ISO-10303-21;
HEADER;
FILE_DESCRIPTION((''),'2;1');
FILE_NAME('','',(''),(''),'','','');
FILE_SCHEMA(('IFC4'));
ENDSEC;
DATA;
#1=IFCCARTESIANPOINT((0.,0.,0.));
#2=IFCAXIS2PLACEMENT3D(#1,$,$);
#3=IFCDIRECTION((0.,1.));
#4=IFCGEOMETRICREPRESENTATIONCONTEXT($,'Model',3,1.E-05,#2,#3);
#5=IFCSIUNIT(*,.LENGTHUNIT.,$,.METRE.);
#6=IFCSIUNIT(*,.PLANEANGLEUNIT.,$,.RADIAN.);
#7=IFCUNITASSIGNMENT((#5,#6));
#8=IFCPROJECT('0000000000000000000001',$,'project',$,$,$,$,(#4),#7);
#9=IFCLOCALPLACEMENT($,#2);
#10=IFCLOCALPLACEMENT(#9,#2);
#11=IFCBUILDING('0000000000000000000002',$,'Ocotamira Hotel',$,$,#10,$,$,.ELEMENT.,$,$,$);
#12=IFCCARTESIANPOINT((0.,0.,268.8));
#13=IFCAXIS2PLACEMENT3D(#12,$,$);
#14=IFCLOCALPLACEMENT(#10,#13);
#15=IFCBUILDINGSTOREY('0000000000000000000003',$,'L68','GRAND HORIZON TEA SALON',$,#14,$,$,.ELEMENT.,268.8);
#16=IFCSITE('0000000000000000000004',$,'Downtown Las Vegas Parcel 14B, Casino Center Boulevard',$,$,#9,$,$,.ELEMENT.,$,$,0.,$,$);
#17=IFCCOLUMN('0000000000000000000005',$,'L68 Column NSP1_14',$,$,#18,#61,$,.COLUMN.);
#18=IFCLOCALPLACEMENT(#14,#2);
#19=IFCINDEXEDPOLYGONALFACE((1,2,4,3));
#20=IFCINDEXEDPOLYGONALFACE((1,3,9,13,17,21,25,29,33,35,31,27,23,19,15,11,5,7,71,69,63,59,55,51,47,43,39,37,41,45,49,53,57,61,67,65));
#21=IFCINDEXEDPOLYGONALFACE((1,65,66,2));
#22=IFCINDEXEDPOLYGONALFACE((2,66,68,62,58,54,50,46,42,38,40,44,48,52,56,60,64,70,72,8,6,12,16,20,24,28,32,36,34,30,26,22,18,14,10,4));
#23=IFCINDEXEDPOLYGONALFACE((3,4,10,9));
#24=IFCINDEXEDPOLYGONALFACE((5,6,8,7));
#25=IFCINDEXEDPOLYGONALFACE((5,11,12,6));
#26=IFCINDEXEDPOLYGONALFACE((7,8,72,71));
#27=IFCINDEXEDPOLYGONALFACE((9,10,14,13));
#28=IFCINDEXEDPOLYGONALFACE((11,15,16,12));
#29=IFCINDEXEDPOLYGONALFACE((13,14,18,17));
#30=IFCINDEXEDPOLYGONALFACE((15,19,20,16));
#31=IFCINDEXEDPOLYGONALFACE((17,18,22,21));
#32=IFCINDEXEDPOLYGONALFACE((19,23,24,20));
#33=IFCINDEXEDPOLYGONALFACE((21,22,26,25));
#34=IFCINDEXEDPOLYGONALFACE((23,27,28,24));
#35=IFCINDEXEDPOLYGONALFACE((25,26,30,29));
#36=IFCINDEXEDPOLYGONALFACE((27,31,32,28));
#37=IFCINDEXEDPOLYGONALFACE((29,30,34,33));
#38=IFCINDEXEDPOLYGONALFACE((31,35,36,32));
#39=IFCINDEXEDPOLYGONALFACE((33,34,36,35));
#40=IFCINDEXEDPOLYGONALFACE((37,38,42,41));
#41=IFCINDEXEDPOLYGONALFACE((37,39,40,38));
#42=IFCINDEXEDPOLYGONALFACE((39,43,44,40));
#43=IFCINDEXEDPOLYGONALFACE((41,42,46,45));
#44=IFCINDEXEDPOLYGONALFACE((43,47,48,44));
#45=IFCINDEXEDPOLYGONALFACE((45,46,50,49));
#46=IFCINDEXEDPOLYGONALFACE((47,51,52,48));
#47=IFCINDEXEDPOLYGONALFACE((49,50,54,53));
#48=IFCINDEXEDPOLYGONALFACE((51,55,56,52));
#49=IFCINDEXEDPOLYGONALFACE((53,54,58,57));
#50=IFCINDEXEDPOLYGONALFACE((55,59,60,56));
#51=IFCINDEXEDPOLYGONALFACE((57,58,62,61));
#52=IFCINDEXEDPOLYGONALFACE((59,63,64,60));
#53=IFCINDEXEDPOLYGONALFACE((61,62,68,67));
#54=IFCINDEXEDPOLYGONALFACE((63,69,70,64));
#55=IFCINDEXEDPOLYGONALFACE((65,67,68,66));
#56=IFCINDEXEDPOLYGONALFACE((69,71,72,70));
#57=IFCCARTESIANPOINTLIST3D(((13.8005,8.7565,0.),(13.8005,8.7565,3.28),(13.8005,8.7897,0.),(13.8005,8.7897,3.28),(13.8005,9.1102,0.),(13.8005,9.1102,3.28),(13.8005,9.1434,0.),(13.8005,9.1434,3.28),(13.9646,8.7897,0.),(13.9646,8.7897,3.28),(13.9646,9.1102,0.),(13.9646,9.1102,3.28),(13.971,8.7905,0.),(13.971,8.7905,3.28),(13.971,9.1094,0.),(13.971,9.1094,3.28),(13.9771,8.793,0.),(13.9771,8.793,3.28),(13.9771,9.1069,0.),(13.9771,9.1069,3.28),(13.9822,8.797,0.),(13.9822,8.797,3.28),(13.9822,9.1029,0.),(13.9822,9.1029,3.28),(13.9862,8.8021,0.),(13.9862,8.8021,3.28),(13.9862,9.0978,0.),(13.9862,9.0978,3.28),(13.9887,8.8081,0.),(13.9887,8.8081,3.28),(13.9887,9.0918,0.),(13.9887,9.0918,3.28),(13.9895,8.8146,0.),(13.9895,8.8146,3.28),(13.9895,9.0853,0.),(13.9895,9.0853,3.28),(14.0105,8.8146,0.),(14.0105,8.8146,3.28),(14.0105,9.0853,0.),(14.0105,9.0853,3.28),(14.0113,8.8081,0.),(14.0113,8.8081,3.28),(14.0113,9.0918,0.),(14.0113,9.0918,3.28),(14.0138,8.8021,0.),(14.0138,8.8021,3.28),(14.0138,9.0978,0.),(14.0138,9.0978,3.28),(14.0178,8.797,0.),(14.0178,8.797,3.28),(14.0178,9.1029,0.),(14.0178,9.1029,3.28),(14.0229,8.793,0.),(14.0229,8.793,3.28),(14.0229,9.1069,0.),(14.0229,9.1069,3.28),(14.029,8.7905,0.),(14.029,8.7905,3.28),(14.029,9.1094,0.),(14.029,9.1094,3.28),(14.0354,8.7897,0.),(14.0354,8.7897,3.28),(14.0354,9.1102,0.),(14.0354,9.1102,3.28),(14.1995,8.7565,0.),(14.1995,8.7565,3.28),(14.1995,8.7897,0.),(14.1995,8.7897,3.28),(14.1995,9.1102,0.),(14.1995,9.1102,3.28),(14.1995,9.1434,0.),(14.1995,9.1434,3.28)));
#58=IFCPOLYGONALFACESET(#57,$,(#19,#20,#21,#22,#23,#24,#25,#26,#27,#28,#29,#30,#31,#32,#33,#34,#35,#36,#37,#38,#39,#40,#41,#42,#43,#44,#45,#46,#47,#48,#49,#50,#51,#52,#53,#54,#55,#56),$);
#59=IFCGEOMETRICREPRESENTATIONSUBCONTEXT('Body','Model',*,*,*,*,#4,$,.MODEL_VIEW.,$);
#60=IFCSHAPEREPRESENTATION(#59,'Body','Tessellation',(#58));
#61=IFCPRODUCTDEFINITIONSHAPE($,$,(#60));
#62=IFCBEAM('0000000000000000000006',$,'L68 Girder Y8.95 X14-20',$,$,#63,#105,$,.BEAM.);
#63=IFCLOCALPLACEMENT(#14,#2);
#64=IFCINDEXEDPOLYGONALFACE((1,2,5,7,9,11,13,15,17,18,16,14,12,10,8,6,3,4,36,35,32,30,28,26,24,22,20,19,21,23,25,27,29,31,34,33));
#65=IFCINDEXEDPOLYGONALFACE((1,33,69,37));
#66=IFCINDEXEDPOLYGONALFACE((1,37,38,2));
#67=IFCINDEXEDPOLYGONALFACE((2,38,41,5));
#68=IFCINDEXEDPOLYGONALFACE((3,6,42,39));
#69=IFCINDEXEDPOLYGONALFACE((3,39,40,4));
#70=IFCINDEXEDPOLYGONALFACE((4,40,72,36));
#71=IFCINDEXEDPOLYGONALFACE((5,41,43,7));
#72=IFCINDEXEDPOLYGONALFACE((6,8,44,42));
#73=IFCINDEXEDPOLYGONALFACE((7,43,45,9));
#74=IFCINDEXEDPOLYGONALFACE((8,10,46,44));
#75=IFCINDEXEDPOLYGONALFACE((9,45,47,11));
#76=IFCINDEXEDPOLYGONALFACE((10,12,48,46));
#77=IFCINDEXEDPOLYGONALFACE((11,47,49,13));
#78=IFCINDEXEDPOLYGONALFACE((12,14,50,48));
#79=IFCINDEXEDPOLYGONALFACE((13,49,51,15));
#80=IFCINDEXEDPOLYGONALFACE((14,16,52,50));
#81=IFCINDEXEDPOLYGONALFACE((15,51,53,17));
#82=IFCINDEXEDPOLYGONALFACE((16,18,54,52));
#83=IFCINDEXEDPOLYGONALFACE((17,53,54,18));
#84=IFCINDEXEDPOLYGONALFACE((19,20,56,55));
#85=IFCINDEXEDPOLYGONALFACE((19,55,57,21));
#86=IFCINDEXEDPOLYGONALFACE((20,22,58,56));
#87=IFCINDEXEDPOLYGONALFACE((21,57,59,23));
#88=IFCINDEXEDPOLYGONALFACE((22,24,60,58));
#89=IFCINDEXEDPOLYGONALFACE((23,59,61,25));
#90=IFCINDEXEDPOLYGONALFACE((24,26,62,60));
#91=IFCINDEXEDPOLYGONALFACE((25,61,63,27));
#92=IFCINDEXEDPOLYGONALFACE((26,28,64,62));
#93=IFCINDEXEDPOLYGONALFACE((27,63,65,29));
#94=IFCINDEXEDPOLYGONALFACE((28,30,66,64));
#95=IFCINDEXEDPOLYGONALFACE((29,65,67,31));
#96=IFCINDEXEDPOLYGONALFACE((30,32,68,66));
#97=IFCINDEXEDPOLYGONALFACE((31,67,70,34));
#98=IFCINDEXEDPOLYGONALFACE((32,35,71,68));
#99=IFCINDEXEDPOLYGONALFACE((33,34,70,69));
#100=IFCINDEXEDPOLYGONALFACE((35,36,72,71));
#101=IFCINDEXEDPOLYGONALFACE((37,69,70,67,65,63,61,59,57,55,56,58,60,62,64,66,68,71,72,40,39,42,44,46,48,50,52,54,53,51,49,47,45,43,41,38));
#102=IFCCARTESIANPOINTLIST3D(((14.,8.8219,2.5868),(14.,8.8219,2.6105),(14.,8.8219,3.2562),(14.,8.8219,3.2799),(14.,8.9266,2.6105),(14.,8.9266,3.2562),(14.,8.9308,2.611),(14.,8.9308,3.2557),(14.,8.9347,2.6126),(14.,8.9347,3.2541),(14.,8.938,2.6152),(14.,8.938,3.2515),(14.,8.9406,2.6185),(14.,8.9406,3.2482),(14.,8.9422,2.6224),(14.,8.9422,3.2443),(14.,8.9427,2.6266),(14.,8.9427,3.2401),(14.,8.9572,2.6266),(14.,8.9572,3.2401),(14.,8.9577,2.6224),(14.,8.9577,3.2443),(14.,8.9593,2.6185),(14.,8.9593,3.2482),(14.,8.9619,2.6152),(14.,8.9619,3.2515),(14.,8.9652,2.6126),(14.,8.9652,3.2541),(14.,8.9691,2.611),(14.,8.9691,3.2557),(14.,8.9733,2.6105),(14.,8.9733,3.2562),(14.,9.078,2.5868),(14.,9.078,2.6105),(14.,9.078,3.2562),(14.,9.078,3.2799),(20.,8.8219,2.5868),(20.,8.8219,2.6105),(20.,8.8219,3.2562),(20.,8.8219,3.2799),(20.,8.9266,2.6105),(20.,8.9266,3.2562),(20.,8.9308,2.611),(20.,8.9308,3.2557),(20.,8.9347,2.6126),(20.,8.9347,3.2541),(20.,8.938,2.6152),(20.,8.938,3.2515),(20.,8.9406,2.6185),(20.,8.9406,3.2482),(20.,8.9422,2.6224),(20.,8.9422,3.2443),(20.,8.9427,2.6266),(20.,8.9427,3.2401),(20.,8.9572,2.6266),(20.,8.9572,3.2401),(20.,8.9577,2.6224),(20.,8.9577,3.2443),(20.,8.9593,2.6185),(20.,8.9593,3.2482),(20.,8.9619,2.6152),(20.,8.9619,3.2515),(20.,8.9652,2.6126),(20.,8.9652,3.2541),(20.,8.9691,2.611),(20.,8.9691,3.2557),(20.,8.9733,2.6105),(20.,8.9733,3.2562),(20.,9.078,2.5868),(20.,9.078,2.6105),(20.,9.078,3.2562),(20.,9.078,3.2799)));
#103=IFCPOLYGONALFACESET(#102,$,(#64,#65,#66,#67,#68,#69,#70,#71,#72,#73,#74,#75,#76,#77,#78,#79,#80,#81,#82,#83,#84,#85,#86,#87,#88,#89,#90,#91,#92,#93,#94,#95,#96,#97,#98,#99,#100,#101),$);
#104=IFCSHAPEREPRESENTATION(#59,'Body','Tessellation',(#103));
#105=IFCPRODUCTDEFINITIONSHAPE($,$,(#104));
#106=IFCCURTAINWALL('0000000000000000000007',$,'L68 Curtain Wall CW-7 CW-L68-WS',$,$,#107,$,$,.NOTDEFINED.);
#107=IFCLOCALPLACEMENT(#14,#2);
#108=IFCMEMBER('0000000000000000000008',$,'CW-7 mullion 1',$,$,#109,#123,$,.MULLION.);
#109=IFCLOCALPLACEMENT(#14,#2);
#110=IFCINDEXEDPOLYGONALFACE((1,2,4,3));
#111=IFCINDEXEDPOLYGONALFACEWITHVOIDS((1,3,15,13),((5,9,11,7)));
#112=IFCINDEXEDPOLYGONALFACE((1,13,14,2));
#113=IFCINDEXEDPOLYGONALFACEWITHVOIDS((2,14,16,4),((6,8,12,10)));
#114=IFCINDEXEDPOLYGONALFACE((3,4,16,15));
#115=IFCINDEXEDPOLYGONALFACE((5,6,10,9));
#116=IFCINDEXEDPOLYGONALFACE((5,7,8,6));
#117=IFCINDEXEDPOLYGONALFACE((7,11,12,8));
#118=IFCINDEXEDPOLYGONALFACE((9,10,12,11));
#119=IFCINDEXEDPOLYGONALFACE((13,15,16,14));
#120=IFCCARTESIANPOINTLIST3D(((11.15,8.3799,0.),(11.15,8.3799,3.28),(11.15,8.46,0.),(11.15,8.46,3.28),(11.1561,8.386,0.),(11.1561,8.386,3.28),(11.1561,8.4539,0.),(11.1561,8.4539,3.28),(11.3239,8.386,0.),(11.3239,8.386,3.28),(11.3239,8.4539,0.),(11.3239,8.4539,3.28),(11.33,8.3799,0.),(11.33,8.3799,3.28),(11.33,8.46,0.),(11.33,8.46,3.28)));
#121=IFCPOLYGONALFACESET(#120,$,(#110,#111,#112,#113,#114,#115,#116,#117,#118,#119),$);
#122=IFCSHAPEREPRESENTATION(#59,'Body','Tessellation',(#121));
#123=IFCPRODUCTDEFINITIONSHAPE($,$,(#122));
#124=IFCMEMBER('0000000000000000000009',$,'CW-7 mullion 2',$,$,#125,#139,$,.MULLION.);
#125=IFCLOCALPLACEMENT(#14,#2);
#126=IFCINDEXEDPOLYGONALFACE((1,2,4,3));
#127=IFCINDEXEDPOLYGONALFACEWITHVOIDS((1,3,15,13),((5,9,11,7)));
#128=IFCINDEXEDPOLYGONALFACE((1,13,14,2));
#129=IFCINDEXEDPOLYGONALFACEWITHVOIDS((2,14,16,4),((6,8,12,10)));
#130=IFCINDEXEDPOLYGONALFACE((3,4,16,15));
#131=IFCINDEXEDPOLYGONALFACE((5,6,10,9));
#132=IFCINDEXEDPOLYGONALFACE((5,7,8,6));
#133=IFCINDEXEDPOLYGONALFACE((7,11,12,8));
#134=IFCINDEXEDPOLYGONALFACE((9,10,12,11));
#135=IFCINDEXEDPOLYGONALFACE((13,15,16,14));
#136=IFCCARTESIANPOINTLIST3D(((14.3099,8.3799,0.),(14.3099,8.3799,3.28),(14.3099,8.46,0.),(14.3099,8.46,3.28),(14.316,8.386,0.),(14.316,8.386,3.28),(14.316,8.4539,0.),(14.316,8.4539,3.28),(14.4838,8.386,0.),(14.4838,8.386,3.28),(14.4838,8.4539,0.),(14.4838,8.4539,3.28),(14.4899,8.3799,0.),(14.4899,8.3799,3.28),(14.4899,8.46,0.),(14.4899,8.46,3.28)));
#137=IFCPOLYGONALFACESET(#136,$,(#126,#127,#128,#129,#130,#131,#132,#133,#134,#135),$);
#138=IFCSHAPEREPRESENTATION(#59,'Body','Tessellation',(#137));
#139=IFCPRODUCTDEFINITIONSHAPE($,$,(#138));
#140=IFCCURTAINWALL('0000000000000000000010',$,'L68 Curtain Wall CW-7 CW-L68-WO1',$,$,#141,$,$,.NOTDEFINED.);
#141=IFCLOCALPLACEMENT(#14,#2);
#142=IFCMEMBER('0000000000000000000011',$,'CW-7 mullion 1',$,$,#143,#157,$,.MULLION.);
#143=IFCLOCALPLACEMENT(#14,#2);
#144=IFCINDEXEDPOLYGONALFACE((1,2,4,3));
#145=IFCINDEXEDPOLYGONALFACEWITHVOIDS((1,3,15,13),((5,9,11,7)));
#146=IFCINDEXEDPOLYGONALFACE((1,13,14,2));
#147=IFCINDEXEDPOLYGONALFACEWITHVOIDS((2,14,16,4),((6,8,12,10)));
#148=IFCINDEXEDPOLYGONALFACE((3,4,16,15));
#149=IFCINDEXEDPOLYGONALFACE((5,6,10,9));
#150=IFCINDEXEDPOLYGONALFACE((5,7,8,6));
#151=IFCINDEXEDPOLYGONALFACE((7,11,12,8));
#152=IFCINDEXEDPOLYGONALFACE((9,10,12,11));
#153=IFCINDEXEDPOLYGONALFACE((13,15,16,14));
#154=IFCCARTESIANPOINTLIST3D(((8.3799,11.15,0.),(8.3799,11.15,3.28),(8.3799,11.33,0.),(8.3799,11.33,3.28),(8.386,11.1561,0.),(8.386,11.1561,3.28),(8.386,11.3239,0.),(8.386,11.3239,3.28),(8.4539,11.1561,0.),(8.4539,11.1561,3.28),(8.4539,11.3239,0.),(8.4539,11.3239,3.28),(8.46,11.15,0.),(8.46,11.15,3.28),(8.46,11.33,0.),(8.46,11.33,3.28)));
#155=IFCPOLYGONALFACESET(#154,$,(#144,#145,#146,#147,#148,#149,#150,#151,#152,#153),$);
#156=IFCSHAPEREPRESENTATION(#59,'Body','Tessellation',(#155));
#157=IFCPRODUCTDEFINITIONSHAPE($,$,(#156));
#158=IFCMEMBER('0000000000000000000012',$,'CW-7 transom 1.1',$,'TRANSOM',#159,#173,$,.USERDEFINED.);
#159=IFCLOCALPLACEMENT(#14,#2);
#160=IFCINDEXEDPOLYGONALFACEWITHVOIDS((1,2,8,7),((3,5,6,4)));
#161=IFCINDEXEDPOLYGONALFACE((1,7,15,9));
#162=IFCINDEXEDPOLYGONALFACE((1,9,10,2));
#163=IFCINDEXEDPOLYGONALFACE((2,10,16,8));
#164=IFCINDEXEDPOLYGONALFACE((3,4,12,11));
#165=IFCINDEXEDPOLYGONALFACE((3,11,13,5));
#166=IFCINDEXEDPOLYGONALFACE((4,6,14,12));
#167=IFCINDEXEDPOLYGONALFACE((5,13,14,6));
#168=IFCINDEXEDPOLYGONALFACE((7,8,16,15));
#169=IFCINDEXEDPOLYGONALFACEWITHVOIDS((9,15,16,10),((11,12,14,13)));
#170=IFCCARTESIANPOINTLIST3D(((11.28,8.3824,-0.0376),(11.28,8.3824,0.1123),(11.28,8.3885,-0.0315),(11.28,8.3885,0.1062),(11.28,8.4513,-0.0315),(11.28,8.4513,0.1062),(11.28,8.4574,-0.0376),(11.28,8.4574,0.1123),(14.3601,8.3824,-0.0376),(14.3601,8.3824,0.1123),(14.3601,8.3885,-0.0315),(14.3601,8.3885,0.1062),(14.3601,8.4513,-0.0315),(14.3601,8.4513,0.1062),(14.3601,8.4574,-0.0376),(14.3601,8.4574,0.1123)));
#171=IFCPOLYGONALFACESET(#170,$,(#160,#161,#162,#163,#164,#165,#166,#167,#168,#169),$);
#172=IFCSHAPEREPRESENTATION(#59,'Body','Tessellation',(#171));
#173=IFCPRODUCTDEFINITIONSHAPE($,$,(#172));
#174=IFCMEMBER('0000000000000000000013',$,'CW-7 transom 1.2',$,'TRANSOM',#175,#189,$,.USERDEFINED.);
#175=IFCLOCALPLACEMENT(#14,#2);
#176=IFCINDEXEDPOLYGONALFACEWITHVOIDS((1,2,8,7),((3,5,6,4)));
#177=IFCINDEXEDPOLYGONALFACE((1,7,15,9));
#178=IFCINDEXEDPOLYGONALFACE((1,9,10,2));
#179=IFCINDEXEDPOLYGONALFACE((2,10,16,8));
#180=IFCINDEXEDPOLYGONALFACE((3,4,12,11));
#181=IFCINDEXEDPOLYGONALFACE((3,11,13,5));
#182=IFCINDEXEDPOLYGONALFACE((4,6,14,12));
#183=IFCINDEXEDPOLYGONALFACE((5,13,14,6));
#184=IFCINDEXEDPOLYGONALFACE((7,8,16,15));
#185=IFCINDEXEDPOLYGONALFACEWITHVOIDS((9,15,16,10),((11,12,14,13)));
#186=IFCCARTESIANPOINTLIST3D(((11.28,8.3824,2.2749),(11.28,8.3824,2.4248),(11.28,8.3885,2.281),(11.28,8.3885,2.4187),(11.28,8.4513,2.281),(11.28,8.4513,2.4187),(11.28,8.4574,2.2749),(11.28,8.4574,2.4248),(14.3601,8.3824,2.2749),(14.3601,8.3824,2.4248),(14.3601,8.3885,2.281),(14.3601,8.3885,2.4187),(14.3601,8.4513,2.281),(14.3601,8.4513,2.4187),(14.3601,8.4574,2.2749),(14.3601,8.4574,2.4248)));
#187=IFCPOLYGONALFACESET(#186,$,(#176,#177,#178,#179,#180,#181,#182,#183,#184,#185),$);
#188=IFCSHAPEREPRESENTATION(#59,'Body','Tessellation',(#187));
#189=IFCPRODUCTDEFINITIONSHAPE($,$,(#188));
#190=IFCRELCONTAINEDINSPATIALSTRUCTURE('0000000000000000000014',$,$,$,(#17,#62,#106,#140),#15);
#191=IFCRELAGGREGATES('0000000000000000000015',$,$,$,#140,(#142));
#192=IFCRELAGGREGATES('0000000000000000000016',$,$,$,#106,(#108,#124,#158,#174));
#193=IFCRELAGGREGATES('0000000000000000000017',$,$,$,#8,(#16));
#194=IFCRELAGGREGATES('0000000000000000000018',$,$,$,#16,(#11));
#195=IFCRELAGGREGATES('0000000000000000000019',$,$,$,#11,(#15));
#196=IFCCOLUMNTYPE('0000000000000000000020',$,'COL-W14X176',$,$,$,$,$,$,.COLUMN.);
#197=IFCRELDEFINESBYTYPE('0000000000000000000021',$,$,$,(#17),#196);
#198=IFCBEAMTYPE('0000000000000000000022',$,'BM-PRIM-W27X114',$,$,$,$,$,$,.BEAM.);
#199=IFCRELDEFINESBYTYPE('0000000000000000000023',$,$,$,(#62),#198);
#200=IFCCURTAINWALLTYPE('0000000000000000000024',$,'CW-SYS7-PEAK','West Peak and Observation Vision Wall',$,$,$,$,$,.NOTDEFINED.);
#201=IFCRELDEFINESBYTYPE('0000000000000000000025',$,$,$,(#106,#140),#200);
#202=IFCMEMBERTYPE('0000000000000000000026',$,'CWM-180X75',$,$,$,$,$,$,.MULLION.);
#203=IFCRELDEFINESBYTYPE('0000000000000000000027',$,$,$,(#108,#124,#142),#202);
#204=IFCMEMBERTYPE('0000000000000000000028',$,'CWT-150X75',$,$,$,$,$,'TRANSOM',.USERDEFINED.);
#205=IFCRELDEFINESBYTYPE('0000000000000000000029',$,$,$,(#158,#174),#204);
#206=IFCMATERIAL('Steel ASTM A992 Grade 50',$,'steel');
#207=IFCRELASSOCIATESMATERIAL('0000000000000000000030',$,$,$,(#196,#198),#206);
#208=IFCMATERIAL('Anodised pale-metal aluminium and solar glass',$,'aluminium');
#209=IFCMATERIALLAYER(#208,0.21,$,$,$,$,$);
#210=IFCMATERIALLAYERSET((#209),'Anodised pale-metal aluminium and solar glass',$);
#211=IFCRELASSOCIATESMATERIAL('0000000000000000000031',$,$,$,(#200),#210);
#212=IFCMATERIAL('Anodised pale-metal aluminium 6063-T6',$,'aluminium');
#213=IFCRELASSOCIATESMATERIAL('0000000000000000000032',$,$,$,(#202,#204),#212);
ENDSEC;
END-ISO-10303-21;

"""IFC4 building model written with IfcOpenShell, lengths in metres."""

from ifc_helpers import new_model, si_unit, direction, frame, origin, origin_2d, place, context, subcontext, project, spatial, hollow_rectangle, i_section, extrude, source, transform, mapped, material, layer, layer_set, material_profile, profile_set, type_object, element, aggregate, save


model = new_model("IFC4")

# Units and contexts
model_context = context("Model", 3, precision=1e-05, world=origin(), true_north=direction((0.0, 1.0)))
body_context = subcontext(model_context, "Body", "Model", "MODEL_VIEW")
ifc_project = project(units=[si_unit("LENGTHUNIT", "METRE"), si_unit("PLANEANGLEUNIT", "RADIAN")], contexts=[model_context])

# Site, building, storey
site_placement = place(None, origin())
site = spatial("IfcSite", under=ifc_project, at=site_placement, Name="Downtown Las Vegas Parcel 14B, Casino Center Boulevard", CompositionType="ELEMENT", RefElevation=0.0)
building_placement = place(site_placement, origin())
building = spatial("IfcBuilding", under=site, at=building_placement, Name="Ocotamira Hotel", CompositionType="ELEMENT")
storey_placement = place(building_placement, frame((0.0, 0.0, 268.8)))
storey = spatial("IfcBuildingStorey", under=building, at=storey_placement, Name="L68", Description="GRAND HORIZON TEA SALON", CompositionType="ELEMENT", Elevation=268.8)

# Column
ifc_material_1 = material(Name="Steel ASTM A992 Grade 50", Category="steel")
ifc_material_profile_1 = material_profile(ifc_material_1, i_section(OverallWidth=0.3989, OverallDepth=0.387, WebThickness=0.021, FlangeThickness=0.0332, FilletRadius=0.0249, at=origin_2d()), Name="W14X176")
ifc_profile_set_1 = profile_set([ifc_material_profile_1], Name="Steel ASTM A992 Grade 50")
column_type = type_object("IfcColumnType", Name="COL-W14X176", PredefinedType="COLUMN", material=ifc_profile_set_1)
shared_shape_1 = source(origin(), body_context, "Body", "SweptSolid", [
    extrude(i_section(OverallWidth=0.3989, OverallDepth=0.387, WebThickness=0.021, FlangeThickness=0.0332, FilletRadius=0.0249, at=origin_2d()), origin(), (0.0, 0.0, 1.0), 3.28),
])
column_placement = place(storey_placement, frame((14.0, 8.95, 0.0), z_axis=(0.0, 0.0, 1.0), x_axis=(1.0, 0.0, 0.0)))
element("IfcColumn", 1, at=column_placement, inside=storey, type_object=column_type, Name="L68 Column NSP1_14", PredefinedType="COLUMN", context=body_context, shape_type="MappedRepresentation", body=[
    mapped(shared_shape_1, transform((0.0, 0.0, 0.0), scale=1.0)),
])

# Beam
ifc_material_profile_2 = material_profile(ifc_material_1, i_section(OverallWidth=0.2561, OverallDepth=0.6931, WebThickness=0.0144, FlangeThickness=0.0237, FilletRadius=0.0161, at=origin_2d()), Name="W27X114")
ifc_profile_set_2 = profile_set([ifc_material_profile_2], Name="Steel ASTM A992 Grade 50")
beam_type = type_object("IfcBeamType", Name="BM-PRIM-W27X114", PredefinedType="BEAM", material=ifc_profile_set_2)
shared_shape_2 = source(origin(), body_context, "Body", "SweptSolid", [
    extrude(i_section(OverallWidth=0.2561, OverallDepth=0.6931, WebThickness=0.0144, FlangeThickness=0.0237, FilletRadius=0.0161, at=origin_2d()), origin(), (0.0, 0.0, 1.0), 6.0),
])
beam_placement = place(storey_placement, frame((14.0, 8.95, 2.9333), z_axis=(1.0, 0.0, 0.0), x_axis=(0.0, 1.0, 0.0)))
element("IfcBeam", 2, at=beam_placement, inside=storey, type_object=beam_type, Name="L68 Girder Y8.95 X14-20", PredefinedType="BEAM", context=body_context, shape_type="MappedRepresentation", body=[
    mapped(shared_shape_2, transform((0.0, 0.0, 0.0), scale=1.0)),
])

# Curtain wall, members
ifc_material_2 = material(Name="Anodised pale-metal aluminium and solar glass", Category="aluminium")
ifc_layer_1 = layer(ifc_material_2, 0.21)
ifc_layer_set_1 = layer_set([ifc_layer_1], Name="Anodised pale-metal aluminium and solar glass")
curtain_wall_type = type_object("IfcCurtainWallType", Name="CW-SYS7-PEAK", Description="West Peak and Observation Vision Wall", PredefinedType="NOTDEFINED", material=ifc_layer_set_1)
curtain_wall_1_placement = place(storey_placement, origin())
curtain_wall_1 = element("IfcCurtainWall", 3, at=curtain_wall_1_placement, inside=storey, type_object=curtain_wall_type, Name="L68 Curtain Wall CW-7 CW-L68-WS", PredefinedType="NOTDEFINED")
ifc_material_3 = material(Name="Anodised pale-metal aluminium 6063-T6", Category="aluminium")
ifc_material_profile_3 = material_profile(ifc_material_3, hollow_rectangle(XDim=0.0801, YDim=0.1799, WallThickness=0.0061, at=origin_2d()), Name="HSS180X80X6")
ifc_profile_set_3 = profile_set([ifc_material_profile_3], Name="Anodised pale-metal aluminium 6063-T6")
member_type_1 = type_object("IfcMemberType", Name="CWM-180X75", PredefinedType="MULLION", material=ifc_profile_set_3)
shared_shape_3 = source(origin(), body_context, "Body", "SweptSolid", [
    extrude(hollow_rectangle(XDim=0.0801, YDim=0.1799, WallThickness=0.0061, at=origin_2d()), origin(), (0.0, 0.0, 1.0), 3.28),
])
member_1_placement = place(storey_placement, frame((11.24, 8.4199, 0.0), z_axis=(0.0, 0.0, 1.0), x_axis=(0.0, 1.0, 0.0)))
member_1 = element("IfcMember", 4, at=member_1_placement, type_object=member_type_1, Name="CW-7 mullion 1", PredefinedType="MULLION", context=body_context, shape_type="MappedRepresentation", body=[
    mapped(shared_shape_3, transform((0.0, 0.0, 0.0), scale=1.0)),
])
member_2_placement = place(storey_placement, frame((14.3999, 8.4199, 0.0), z_axis=(0.0, 0.0, 1.0), x_axis=(0.0, 1.0, 0.0)))
member_2 = element("IfcMember", 5, at=member_2_placement, type_object=member_type_1, Name="CW-7 mullion 2", PredefinedType="MULLION", context=body_context, shape_type="MappedRepresentation", body=[
    mapped(shared_shape_3, transform((0.0, 0.0, 0.0), scale=1.0)),
])

# Curtain wall, member
curtain_wall_2_placement = place(storey_placement, origin())
curtain_wall_2 = element("IfcCurtainWall", 6, at=curtain_wall_2_placement, inside=storey, type_object=curtain_wall_type, Name="L68 Curtain Wall CW-7 CW-L68-WO1", PredefinedType="NOTDEFINED")
member_3_placement = place(storey_placement, frame((8.4199, 11.24, 0.0), z_axis=(0.0, 0.0, 1.0), x_axis=(-1.0, 0.0, 0.0)))
member_3 = element("IfcMember", 7, at=member_3_placement, type_object=member_type_1, Name="CW-7 mullion 1", PredefinedType="MULLION", context=body_context, shape_type="MappedRepresentation", body=[
    mapped(shared_shape_3, transform((0.0, 0.0, 0.0), scale=1.0)),
])

# Members
ifc_material_profile_4 = material_profile(ifc_material_3, hollow_rectangle(XDim=0.075, YDim=0.1499, WallThickness=0.0061, at=origin_2d()), Name="HSS150X75X6")
ifc_profile_set_4 = profile_set([ifc_material_profile_4], Name="Anodised pale-metal aluminium 6063-T6")
member_type_2 = type_object("IfcMemberType", Name="CWT-150X75", ElementType="TRANSOM", PredefinedType="USERDEFINED", material=ifc_profile_set_4)
shared_shape_4 = source(origin(), body_context, "Body", "SweptSolid", [
    extrude(hollow_rectangle(XDim=0.075, YDim=0.1499, WallThickness=0.0061, at=origin_2d()), origin(), (0.0, 0.0, 1.0), 3.0801),
])
member_4_placement = place(storey_placement, frame((11.28, 8.4199, 0.0374), z_axis=(1.0, 0.0, 0.0), x_axis=(0.0, 1.0, 0.0)))
member_4 = element("IfcMember", 8, at=member_4_placement, type_object=member_type_2, Name="CW-7 transom 1.1", ObjectType="TRANSOM", PredefinedType="USERDEFINED", context=body_context, shape_type="MappedRepresentation", body=[
    mapped(shared_shape_4, transform((0.0, 0.0, 0.0), scale=1.0)),
])
member_5_placement = place(storey_placement, frame((11.28, 8.4199, 2.3499), z_axis=(1.0, 0.0, 0.0), x_axis=(0.0, 1.0, 0.0)))
member_5 = element("IfcMember", 9, at=member_5_placement, type_object=member_type_2, Name="CW-7 transom 1.2", ObjectType="TRANSOM", PredefinedType="USERDEFINED", context=body_context, shape_type="MappedRepresentation", body=[
    mapped(shared_shape_4, transform((0.0, 0.0, 0.0), scale=1.0)),
])
aggregate(curtain_wall_2, [member_3])

aggregate(curtain_wall_1, [member_1, member_2, member_4, member_5])

save(model, "model.ifc")
